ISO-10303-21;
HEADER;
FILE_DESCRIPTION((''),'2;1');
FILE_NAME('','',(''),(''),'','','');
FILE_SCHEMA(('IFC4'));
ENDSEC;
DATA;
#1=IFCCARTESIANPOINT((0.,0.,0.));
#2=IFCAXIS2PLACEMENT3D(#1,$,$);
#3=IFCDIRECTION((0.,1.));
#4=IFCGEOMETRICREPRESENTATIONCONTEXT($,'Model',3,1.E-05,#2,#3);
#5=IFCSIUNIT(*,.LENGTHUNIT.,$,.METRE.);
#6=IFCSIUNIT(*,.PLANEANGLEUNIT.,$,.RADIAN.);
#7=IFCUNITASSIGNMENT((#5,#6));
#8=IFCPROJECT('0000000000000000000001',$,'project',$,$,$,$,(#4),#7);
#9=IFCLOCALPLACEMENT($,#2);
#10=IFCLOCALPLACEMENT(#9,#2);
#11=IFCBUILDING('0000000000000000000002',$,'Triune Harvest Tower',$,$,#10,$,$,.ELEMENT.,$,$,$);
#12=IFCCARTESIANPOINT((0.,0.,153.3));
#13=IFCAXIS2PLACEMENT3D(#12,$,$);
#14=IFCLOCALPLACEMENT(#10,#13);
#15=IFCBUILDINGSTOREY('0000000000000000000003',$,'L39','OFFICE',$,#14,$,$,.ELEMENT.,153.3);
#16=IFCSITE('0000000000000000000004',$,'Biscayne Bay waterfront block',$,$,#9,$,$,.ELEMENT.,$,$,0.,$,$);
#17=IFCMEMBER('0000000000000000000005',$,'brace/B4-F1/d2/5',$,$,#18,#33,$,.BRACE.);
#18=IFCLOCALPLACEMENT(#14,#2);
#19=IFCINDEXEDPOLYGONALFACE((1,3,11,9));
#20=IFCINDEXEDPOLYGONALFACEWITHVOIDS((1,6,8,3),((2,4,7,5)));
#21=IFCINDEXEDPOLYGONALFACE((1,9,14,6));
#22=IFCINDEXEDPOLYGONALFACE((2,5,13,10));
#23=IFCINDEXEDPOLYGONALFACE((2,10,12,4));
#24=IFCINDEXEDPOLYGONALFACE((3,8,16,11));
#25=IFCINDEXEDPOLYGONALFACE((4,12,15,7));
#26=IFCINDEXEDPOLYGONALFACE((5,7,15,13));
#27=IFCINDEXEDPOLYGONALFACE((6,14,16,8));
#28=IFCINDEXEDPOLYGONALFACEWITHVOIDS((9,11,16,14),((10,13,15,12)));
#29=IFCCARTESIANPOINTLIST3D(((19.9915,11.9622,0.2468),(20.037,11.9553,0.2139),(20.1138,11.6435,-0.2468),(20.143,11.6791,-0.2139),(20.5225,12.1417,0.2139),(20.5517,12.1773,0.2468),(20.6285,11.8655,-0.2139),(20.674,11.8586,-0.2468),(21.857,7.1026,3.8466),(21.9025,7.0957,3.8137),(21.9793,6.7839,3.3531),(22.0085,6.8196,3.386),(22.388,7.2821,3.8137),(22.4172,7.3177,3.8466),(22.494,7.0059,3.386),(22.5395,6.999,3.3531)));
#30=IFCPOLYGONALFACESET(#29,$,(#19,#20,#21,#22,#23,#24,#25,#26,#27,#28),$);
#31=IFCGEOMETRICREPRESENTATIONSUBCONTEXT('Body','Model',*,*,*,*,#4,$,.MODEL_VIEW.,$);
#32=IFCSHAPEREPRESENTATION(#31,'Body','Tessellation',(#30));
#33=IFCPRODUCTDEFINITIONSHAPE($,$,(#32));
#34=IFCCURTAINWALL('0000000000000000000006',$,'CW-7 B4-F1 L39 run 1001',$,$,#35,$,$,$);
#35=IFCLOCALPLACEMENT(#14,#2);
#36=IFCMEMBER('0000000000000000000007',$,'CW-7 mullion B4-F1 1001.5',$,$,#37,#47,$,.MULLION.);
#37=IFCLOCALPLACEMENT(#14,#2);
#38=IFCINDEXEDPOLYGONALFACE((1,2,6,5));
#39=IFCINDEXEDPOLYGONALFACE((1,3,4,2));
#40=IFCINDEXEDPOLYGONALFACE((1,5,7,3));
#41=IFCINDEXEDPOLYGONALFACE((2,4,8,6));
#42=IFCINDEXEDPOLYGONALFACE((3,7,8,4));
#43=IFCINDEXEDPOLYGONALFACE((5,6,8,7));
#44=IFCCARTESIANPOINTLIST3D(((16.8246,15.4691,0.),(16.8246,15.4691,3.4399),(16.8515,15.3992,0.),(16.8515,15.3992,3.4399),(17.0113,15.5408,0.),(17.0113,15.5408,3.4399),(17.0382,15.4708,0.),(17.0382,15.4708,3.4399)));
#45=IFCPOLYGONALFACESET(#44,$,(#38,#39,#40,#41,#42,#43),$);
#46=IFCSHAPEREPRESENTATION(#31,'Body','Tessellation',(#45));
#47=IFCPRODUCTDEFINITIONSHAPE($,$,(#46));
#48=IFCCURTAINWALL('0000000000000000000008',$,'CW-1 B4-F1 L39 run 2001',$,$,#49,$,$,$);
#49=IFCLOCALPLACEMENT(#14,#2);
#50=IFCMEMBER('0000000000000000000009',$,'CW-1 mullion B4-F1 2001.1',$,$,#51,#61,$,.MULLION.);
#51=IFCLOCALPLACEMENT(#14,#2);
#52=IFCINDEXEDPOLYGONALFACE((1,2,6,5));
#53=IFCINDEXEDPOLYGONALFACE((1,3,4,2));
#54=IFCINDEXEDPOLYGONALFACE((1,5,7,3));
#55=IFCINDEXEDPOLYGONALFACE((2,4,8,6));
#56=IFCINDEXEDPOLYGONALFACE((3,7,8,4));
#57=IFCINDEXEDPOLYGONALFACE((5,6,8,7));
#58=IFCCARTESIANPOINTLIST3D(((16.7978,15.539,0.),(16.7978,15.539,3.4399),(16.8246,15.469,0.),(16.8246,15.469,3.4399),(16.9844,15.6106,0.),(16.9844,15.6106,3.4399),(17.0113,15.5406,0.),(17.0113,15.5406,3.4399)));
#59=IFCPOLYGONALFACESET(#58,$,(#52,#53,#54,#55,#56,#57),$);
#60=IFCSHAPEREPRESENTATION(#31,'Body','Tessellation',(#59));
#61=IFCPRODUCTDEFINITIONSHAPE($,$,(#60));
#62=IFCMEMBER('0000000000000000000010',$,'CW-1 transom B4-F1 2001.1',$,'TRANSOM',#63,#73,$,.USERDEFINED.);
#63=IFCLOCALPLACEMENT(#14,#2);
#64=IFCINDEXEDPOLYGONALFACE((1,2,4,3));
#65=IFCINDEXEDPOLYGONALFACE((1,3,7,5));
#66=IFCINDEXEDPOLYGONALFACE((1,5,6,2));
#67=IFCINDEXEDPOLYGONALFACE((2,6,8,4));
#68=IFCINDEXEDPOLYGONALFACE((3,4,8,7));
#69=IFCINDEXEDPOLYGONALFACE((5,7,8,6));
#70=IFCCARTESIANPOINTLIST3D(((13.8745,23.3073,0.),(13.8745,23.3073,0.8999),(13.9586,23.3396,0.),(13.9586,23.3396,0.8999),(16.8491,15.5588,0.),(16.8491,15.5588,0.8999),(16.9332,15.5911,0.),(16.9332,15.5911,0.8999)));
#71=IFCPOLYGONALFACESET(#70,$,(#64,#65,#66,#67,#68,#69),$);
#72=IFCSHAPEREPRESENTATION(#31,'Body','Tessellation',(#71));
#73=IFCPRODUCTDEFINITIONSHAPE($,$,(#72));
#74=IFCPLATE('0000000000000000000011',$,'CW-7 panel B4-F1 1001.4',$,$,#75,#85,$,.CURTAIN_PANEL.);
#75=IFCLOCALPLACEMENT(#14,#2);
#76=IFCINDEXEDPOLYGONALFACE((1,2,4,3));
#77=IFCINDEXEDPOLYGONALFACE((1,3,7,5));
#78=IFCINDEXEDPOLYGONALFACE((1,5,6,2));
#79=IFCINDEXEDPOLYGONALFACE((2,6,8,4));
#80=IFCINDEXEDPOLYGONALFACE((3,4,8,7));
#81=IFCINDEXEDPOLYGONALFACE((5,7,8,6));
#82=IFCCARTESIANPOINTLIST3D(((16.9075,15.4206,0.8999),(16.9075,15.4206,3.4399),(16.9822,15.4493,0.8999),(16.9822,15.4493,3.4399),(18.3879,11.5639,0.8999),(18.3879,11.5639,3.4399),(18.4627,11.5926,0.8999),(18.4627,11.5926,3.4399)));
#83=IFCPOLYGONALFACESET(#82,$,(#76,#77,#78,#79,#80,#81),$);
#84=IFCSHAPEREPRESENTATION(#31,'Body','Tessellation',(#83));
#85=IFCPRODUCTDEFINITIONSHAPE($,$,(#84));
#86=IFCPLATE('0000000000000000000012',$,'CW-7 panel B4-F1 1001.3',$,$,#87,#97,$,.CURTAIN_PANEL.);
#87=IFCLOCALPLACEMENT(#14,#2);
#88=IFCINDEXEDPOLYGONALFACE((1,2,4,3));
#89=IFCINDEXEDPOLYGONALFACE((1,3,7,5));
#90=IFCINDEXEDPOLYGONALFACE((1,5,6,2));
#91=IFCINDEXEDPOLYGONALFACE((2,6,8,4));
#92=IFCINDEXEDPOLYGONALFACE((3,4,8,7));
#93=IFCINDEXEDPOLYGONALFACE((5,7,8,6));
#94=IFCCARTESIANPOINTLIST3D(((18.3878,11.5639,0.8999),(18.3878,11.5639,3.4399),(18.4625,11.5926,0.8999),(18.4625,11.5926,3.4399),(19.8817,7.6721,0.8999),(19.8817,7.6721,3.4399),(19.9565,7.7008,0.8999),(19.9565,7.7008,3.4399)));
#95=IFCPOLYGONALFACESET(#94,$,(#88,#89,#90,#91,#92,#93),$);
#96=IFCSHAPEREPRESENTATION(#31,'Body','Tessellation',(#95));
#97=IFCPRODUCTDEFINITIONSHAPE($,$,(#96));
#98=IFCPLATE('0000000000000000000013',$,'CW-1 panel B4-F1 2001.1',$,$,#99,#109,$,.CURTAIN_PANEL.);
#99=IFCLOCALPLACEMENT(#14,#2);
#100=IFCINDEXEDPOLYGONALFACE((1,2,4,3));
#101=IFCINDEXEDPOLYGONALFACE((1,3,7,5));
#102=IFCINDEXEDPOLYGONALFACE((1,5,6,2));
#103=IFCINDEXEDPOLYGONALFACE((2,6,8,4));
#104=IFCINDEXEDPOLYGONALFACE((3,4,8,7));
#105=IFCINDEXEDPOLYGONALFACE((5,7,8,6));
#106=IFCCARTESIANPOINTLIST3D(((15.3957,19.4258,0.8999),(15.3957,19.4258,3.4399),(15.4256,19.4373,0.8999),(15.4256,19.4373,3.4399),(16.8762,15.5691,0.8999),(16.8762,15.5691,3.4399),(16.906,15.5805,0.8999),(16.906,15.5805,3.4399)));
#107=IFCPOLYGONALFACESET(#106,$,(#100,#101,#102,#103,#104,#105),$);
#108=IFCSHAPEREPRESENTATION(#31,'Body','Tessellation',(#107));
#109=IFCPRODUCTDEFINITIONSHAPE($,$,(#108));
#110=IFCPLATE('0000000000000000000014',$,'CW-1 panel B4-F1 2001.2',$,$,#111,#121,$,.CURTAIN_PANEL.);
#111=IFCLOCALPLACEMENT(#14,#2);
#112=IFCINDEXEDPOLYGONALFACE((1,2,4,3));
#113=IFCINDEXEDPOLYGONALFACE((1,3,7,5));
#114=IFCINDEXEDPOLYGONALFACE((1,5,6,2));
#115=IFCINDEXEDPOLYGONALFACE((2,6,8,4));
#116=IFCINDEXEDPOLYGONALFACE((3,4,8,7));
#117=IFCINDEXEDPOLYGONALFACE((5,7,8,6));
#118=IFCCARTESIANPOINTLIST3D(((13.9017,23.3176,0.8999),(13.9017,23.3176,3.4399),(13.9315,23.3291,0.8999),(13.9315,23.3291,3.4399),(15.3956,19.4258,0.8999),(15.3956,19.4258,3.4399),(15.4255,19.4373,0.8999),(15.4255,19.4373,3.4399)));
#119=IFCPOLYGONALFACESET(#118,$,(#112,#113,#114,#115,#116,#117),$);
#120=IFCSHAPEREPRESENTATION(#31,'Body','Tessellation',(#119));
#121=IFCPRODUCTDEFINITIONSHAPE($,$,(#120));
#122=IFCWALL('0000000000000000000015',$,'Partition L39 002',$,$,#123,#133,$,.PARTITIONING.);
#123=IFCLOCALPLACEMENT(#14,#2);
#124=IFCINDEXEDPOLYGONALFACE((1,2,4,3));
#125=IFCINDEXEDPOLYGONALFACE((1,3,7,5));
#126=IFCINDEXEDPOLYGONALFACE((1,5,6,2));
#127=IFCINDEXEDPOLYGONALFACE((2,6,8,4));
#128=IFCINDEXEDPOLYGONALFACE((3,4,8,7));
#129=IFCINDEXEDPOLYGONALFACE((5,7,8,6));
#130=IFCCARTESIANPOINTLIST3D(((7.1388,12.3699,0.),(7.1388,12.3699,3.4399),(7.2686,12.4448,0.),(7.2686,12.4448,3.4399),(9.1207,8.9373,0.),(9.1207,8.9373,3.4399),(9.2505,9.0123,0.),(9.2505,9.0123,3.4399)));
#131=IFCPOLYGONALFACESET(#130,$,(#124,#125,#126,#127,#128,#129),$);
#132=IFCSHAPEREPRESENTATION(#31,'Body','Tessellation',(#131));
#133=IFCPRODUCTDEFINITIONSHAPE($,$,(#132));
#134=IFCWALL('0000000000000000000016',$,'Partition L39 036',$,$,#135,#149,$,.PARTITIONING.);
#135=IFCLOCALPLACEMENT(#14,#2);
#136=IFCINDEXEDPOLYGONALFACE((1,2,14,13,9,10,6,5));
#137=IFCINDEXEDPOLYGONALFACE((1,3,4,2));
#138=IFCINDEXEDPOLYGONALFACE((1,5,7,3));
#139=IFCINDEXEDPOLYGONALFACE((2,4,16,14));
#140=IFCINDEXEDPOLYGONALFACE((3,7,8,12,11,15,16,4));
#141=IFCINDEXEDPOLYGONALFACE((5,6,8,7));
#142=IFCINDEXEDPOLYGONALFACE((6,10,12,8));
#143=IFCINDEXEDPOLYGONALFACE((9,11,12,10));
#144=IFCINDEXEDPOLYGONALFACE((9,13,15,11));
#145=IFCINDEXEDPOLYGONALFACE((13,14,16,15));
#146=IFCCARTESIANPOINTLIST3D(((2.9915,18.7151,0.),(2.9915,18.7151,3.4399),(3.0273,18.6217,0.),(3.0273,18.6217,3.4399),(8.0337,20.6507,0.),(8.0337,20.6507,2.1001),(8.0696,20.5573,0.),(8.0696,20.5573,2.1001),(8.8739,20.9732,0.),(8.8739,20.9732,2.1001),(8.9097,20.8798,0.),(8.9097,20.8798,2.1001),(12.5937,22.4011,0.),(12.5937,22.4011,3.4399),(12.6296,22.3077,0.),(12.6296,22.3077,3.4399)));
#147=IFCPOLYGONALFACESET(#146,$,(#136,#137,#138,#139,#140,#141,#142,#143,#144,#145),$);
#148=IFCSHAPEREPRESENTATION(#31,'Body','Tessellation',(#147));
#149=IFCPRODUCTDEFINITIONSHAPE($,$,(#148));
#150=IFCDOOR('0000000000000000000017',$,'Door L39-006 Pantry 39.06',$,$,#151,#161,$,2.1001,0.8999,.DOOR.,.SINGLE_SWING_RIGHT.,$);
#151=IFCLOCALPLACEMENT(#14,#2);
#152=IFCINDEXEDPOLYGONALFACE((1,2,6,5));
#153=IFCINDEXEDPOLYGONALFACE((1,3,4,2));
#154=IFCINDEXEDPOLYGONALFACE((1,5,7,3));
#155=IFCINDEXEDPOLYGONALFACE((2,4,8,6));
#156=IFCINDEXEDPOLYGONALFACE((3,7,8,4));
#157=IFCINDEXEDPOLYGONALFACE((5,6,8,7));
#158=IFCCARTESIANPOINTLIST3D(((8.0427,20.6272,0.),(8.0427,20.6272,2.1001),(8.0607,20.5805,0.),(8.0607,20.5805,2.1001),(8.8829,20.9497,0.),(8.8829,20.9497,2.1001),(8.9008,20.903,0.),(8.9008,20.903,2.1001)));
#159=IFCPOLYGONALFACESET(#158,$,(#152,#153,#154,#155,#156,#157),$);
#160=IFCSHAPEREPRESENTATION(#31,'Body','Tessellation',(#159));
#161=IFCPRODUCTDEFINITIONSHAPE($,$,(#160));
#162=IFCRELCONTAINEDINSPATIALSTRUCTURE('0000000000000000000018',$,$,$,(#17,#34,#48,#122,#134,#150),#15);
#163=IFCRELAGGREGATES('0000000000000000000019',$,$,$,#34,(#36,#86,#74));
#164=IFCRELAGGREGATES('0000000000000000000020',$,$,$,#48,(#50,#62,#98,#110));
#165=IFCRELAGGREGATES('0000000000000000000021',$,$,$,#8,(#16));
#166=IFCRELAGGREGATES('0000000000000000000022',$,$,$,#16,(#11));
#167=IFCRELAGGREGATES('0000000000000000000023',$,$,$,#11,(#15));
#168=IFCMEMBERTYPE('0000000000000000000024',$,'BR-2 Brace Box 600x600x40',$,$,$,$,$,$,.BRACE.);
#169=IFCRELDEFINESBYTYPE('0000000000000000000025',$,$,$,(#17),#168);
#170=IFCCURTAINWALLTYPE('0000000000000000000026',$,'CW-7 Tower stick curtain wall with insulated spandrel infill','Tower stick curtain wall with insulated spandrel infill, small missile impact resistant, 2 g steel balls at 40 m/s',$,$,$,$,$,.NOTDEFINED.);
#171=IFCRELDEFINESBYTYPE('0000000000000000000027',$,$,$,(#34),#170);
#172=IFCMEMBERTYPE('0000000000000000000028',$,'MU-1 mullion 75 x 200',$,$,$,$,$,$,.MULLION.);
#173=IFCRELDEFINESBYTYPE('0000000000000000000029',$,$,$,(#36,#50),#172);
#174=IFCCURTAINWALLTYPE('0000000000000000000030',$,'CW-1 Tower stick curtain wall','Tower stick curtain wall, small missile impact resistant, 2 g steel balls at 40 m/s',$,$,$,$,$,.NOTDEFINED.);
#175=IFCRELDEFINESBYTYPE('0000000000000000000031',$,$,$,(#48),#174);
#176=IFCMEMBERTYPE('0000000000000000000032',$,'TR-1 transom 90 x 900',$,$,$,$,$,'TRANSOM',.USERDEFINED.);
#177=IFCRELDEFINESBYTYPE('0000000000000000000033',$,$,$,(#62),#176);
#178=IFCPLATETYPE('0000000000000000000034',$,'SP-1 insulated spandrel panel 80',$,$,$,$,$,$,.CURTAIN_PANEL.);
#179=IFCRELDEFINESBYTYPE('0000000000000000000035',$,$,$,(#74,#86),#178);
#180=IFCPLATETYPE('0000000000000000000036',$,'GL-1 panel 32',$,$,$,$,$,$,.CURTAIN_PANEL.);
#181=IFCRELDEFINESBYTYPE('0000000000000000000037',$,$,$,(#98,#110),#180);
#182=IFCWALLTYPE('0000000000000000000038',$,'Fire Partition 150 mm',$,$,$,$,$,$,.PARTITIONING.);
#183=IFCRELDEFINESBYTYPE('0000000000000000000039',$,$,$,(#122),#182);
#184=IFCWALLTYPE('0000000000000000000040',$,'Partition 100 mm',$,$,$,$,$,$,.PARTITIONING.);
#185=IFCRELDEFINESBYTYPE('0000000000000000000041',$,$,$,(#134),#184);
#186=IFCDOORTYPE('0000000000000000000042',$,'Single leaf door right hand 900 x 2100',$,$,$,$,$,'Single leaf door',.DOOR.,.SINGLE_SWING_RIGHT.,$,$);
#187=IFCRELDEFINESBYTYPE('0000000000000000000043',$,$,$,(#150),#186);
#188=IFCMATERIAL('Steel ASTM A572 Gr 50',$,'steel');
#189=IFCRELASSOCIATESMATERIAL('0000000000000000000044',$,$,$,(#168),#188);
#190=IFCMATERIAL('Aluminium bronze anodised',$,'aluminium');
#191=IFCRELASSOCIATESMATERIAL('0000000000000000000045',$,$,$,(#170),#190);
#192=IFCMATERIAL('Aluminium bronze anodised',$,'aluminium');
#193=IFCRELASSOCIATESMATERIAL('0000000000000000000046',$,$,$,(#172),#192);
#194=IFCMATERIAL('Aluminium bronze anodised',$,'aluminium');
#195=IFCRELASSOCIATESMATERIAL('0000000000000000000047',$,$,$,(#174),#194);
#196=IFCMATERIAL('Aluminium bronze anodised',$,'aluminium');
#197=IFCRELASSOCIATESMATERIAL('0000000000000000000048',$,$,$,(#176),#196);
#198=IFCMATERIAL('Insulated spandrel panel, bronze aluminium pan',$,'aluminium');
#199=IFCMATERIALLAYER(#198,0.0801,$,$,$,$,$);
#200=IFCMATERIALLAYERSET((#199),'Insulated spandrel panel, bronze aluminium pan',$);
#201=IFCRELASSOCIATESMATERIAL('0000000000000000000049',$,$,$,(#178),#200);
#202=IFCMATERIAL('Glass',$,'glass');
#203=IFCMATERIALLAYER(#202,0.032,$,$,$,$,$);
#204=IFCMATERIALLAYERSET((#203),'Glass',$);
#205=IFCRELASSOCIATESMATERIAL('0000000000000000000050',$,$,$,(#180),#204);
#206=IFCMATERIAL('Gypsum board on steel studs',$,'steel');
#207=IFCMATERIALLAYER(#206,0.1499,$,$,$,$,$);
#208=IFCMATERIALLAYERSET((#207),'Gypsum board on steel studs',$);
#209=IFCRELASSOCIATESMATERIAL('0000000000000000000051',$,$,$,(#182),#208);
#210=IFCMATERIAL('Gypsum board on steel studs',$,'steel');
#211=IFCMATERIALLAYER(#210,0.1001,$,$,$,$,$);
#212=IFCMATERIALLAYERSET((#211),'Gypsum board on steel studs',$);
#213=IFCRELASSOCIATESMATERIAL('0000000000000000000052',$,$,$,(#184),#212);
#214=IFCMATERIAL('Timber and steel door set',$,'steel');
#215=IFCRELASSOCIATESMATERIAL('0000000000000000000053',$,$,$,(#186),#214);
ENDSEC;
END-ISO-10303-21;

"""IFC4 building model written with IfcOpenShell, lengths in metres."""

from ifc_helpers import new_model, si_unit, direction, frame, frame_2d, origin, origin_2d, place, context, subcontext, project, spatial, rectangle, hollow_rectangle, extrude, source, transform, mapped, material, layer, layer_set, material_profile, profile_set, type_object, element, fill, aggregate, save


model = new_model("IFC4")

# Units and contexts
model_context = context("Model", 3, precision=1e-05, world=origin(), true_north=direction((0.0, 1.0)))
body_context = subcontext(model_context, "Body", "Model", "MODEL_VIEW")
ifc_project = project(units=[si_unit("LENGTHUNIT", "METRE"), si_unit("PLANEANGLEUNIT", "RADIAN")], contexts=[model_context])

# Site, building, storey
site_placement = place(None, origin())
site = spatial("IfcSite", under=ifc_project, at=site_placement, Name="Biscayne Bay waterfront block", CompositionType="ELEMENT", RefElevation=0.0)
building_placement = place(site_placement, origin())
building = spatial("IfcBuilding", under=site, at=building_placement, Name="Triune Harvest Tower", CompositionType="ELEMENT")
storey_placement = place(building_placement, frame((0.0, 0.0, 153.3)))
storey = spatial("IfcBuildingStorey", under=building, at=storey_placement, Name="L39", Description="OFFICE", CompositionType="ELEMENT", Elevation=153.3)

# Member
ifc_material_1 = material(Name="Steel ASTM A572 Gr 50", Category="steel")
ifc_material_profile_1 = material_profile(ifc_material_1, hollow_rectangle(XDim=0.6001, YDim=0.6001, WallThickness=0.04, at=origin_2d()), Name="Box 600x600x40")
ifc_profile_set_1 = profile_set([ifc_material_profile_1], Name="Steel ASTM A572 Gr 50")
member_type_1 = type_object("IfcMemberType", Name="BR-2 Brace Box 600x600x40", PredefinedType="BRACE", material=ifc_profile_set_1)
shared_shape_1 = source(origin(), body_context, "Body", "SweptSolid", [
    extrude(hollow_rectangle(XDim=0.6001, YDim=0.6001, WallThickness=0.04, at=origin_2d()), origin(), (0.0, 0.0, 1.0), 6.3289),
])
member_1_placement = place(storey_placement, frame((20.3328, 11.9104, 0.0), z_axis=(0.294756, -0.767847, 0.568797), x_axis=(0.933578, 0.358376, 0.0)))
element("IfcMember", 1, at=member_1_placement, inside=storey, type_object=member_type_1, Name="brace/B4-F1/d2/5", PredefinedType="BRACE", context=body_context, shape_type="MappedRepresentation", body=[
    mapped(shared_shape_1, transform((0.0, 0.0, 0.0), scale=1.0)),
])

# Curtain wall, member
ifc_material_2 = material(Name="Aluminium bronze anodised", Category="aluminium")
curtain_wall_type_1 = type_object("IfcCurtainWallType", Name="CW-7 Tower stick curtain wall with insulated spandrel infill", Description="Tower stick curtain wall with insulated spandrel infill, small missile impact resistant, 2 g steel balls at 40 m/s", PredefinedType="NOTDEFINED", material=ifc_material_2)
curtain_wall_1_placement = place(storey_placement, origin())
curtain_wall_1 = element("IfcCurtainWall", 2, at=curtain_wall_1_placement, inside=storey, type_object=curtain_wall_type_1, Name="CW-7 B4-F1 L39 run 1001")
ifc_material_3 = material(Name="Aluminium bronze anodised", Category="aluminium")
ifc_material_profile_2 = material_profile(ifc_material_3, rectangle(XDim=0.2, YDim=0.075, at=origin_2d()), Name="MU-1 mullion 75 x 200")
ifc_profile_set_2 = profile_set([ifc_material_profile_2], Name="Aluminium bronze anodised")
member_type_2 = type_object("IfcMemberType", Name="MU-1 mullion 75 x 200", PredefinedType="MULLION", material=ifc_profile_set_2)
shared_shape_2 = source(origin(), body_context, "Body", "SweptSolid", [
    extrude(rectangle(XDim=0.2, YDim=0.075, at=origin_2d()), origin(), (0.0, 0.0, 1.0), 3.4399),
])
member_2_placement = place(storey_placement, frame((16.9314, 15.47, 0.0), z_axis=(0.0, 0.0, 1.0), x_axis=(-0.933581, -0.358365, 0.0)))
member_2 = element("IfcMember", 3, at=member_2_placement, type_object=member_type_2, Name="CW-7 mullion B4-F1 1001.5", PredefinedType="MULLION", context=body_context, shape_type="MappedRepresentation", body=[
    mapped(shared_shape_2, transform((0.0, 0.0, 0.0), scale=1.0)),
])

# Curtain wall, members
ifc_material_4 = material(Name="Aluminium bronze anodised", Category="aluminium")
curtain_wall_type_2 = type_object("IfcCurtainWallType", Name="CW-1 Tower stick curtain wall", Description="Tower stick curtain wall, small missile impact resistant, 2 g steel balls at 40 m/s", PredefinedType="NOTDEFINED", material=ifc_material_4)
curtain_wall_2_placement = place(storey_placement, origin())
curtain_wall_2 = element("IfcCurtainWall", 4, at=curtain_wall_2_placement, inside=storey, type_object=curtain_wall_type_2, Name="CW-1 B4-F1 L39 run 2001")
member_3_placement = place(storey_placement, frame((16.9045, 15.5398, 0.0), z_axis=(0.0, 0.0, 1.0), x_axis=(-0.933579, -0.358371, 0.0)))
member_3 = element("IfcMember", 5, at=member_3_placement, type_object=member_type_2, Name="CW-1 mullion B4-F1 2001.1", PredefinedType="MULLION", context=body_context, shape_type="MappedRepresentation", body=[
    mapped(shared_shape_2, transform((0.0, 0.0, 0.0), scale=1.0)),
])
ifc_material_5 = material(Name="Aluminium bronze anodised", Category="aluminium")
ifc_material_profile_3 = material_profile(ifc_material_5, rectangle(XDim=0.0901, YDim=0.8999, at=origin_2d()), Name="TR-1 transom 90 x 900")
ifc_profile_set_3 = profile_set([ifc_material_profile_3], Name="Aluminium bronze anodised")
member_type_3 = type_object("IfcMemberType", Name="TR-1 transom 90 x 900", ElementType="TRANSOM", PredefinedType="USERDEFINED", material=ifc_profile_set_3)
shared_shape_3 = source(origin(), body_context, "Body", "SweptSolid", [
    extrude(rectangle(XDim=0.0901, YDim=0.8999, at=origin_2d()), origin(), (0.0, 0.0, 1.0), 8.2998),
])
member_4_placement = place(storey_placement, frame((16.8911, 15.575, 0.45), z_axis=(-0.358392, 0.933571, 0.0), x_axis=(-0.933571, -0.358392, 0.0)))
member_4 = element("IfcMember", 6, at=member_4_placement, type_object=member_type_3, Name="CW-1 transom B4-F1 2001.1", ObjectType="TRANSOM", PredefinedType="USERDEFINED", context=body_context, shape_type="MappedRepresentation", body=[
    mapped(shared_shape_3, transform((0.0, 0.0, 0.0), scale=1.0)),
])

# Plates
ifc_material_6 = material(Name="Insulated spandrel panel, bronze aluminium pan", Category="aluminium")
ifc_layer_1 = layer(ifc_material_6, 0.0801)
ifc_layer_set_1 = layer_set([ifc_layer_1], Name="Insulated spandrel panel, bronze aluminium pan")
plate_type_1 = type_object("IfcPlateType", Name="SP-1 insulated spandrel panel 80", PredefinedType="CURTAIN_PANEL", material=ifc_layer_set_1)
shared_shape_4 = source(origin(), body_context, "Body", "SweptSolid", [
    extrude(rectangle(XDim=4.1311, YDim=0.0801, at=origin_2d()), origin(), (0.0, 0.0, 1.0), 2.54),
])
plate_1_placement = place(storey_placement, frame((17.6851, 13.5066, 0.8999), z_axis=(0.0, 0.0, 1.0), x_axis=(-0.358365, 0.933581, 0.0)))
plate_1 = element("IfcPlate", 7, at=plate_1_placement, type_object=plate_type_1, Name="CW-7 panel B4-F1 1001.4", PredefinedType="CURTAIN_PANEL", context=body_context, shape_type="MappedRepresentation", body=[
    mapped(shared_shape_4, transform((0.0, 0.0, 0.0), scale=1.0)),
])
shared_shape_5 = source(origin(), body_context, "Body", "SweptSolid", [
    extrude(rectangle(XDim=4.1687, YDim=0.0801, at=origin_2d()), origin(), (0.0, 0.0, 1.0), 2.54),
])
plate_2_placement = place(storey_placement, frame((19.1721, 9.6323, 0.8999), z_axis=(0.0, 0.0, 1.0), x_axis=(-0.358365, 0.933581, 0.0)))
plate_2 = element("IfcPlate", 8, at=plate_2_placement, type_object=plate_type_1, Name="CW-7 panel B4-F1 1001.3", PredefinedType="CURTAIN_PANEL", context=body_context, shape_type="MappedRepresentation", body=[
    mapped(shared_shape_5, transform((0.0, 0.0, 0.0), scale=1.0)),
])
aggregate(curtain_wall_1, [member_2, plate_2, plate_1])
ifc_material_7 = material(Name="Glass", Category="glass")
ifc_layer_2 = layer(ifc_material_7, 0.032)
ifc_layer_set_2 = layer_set([ifc_layer_2], Name="Glass")
plate_type_2 = type_object("IfcPlateType", Name="GL-1 panel 32", PredefinedType="CURTAIN_PANEL", material=ifc_layer_set_2)
shared_shape_6 = source(origin(), body_context, "Body", "SweptSolid", [
    extrude(rectangle(XDim=4.1311, YDim=0.032, at=origin_2d()), origin(), (0.0, 0.0, 1.0), 2.54),
])
plate_3_placement = place(storey_placement, frame((16.1509, 17.5032, 0.8999), z_axis=(0.0, 0.0, 1.0), x_axis=(-0.358371, 0.933579, 0.0)))
plate_3 = element("IfcPlate", 9, at=plate_3_placement, type_object=plate_type_2, Name="CW-1 panel B4-F1 2001.1", PredefinedType="CURTAIN_PANEL", context=body_context, shape_type="MappedRepresentation", body=[
    mapped(shared_shape_6, transform((0.0, 0.0, 0.0), scale=1.0)),
])
shared_shape_7 = source(origin(), body_context, "Body", "SweptSolid", [
    extrude(rectangle(XDim=4.1687, YDim=0.032, at=origin_2d()), origin(), (0.0, 0.0, 1.0), 2.54),
])
plate_4_placement = place(storey_placement, frame((14.6636, 21.3774, 0.8999), z_axis=(0.0, 0.0, 1.0), x_axis=(-0.358371, 0.933579, 0.0)))
plate_4 = element("IfcPlate", 10, at=plate_4_placement, type_object=plate_type_2, Name="CW-1 panel B4-F1 2001.2", PredefinedType="CURTAIN_PANEL", context=body_context, shape_type="MappedRepresentation", body=[
    mapped(shared_shape_7, transform((0.0, 0.0, 0.0), scale=1.0)),
])
aggregate(curtain_wall_2, [member_3, member_4, plate_3, plate_4])

# Wall
ifc_material_8 = material(Name="Gypsum board on steel studs", Category="steel")
ifc_layer_3 = layer(ifc_material_8, 0.1499)
ifc_layer_set_3 = layer_set([ifc_layer_3], Name="Gypsum board on steel studs")
wall_type_1 = type_object("IfcWallType", Name="Fire Partition 150 mm", PredefinedType="PARTITIONING", material=ifc_layer_set_3)
wall_1_placement = place(storey_placement, frame((7.2036, 12.4075, 0.0), z_axis=(0.0, 0.0, 1.0), x_axis=(0.500021, -0.866013, 0.0)))
element("IfcWall", 11, at=wall_1_placement, inside=storey, type_object=wall_type_1, Name="Partition L39 002", PredefinedType="PARTITIONING", context=body_context, shape_type="SweptSolid", body=[
    extrude(rectangle(XDim=3.9636, YDim=0.1499, at=frame_2d((1.9819, 0.0))), origin(), (0.0, 0.0, 1.0), 3.4399),
])

# Wall, opening, door
ifc_material_9 = material(Name="Gypsum board on steel studs", Category="steel")
ifc_layer_4 = layer(ifc_material_9, 0.1001)
ifc_layer_set_4 = layer_set([ifc_layer_4], Name="Gypsum board on steel studs")
wall_type_2 = type_object("IfcWallType", Name="Partition 100 mm", PredefinedType="PARTITIONING", material=ifc_layer_set_4)
wall_2_placement = place(storey_placement, frame((3.0095, 18.6685, 0.0), z_axis=(0.0, 0.0, 1.0), x_axis=(0.933578, 0.358373, 0.0)))
wall_2 = element("IfcWall", 12, at=wall_2_placement, inside=storey, type_object=wall_type_2, Name="Partition L39 036", PredefinedType="PARTITIONING", context=body_context, shape_type="SweptSolid", body=[
    extrude(rectangle(XDim=10.2854, YDim=0.1001, at=frame_2d((5.1426, 0.0))), origin(), (0.0, 0.0, 1.0), 3.4399),
])
opening_1_placement = place(wall_2_placement, frame((5.4009, 0.0, 0.0)))
opening_1 = element("IfcOpeningElement", 13, at=opening_1_placement, cuts=wall_2, PredefinedType="OPENING", context=body_context, shape_type="SweptSolid", body=[
    extrude(rectangle(XDim=0.8999, YDim=2.1001, at=frame_2d((0.45, 1.05))), frame((0.0, 0.0601, 0.0), z_axis=(0.0, -1.0, 0.0), x_axis=(1.0, 0.0, 0.0)), (0.0, 0.0, 1.0), 0.1201),
])
ifc_material_10 = material(Name="Timber and steel door set", Category="steel")
door_type_1 = type_object("IfcDoorType", Name="Single leaf door right hand 900 x 2100", ElementType="Single leaf door", OperationType="SINGLE_SWING_RIGHT", PredefinedType="DOOR", material=ifc_material_10)
door_1_placement = place(opening_1_placement, origin())
door_1 = element("IfcDoor", 14, at=door_1_placement, inside=storey, type_object=door_type_1, Name="Door L39-006 Pantry 39.06", OperationType="SINGLE_SWING_RIGHT", OverallHeight=2.1001, OverallWidth=0.8999, PredefinedType="DOOR", context=body_context, shape_type="SweptSolid", body=[
    extrude(rectangle(XDim=0.8999, YDim=2.1001, at=frame_2d((0.45, 1.05))), frame((0.0, 0.0249, 0.0), z_axis=(0.0, -1.0, 0.0), x_axis=(1.0, 0.0, 0.0)), (0.0, 0.0, 1.0), 0.05),
])
fill(opening_1, door_1)

save(model, "model.ifc")
